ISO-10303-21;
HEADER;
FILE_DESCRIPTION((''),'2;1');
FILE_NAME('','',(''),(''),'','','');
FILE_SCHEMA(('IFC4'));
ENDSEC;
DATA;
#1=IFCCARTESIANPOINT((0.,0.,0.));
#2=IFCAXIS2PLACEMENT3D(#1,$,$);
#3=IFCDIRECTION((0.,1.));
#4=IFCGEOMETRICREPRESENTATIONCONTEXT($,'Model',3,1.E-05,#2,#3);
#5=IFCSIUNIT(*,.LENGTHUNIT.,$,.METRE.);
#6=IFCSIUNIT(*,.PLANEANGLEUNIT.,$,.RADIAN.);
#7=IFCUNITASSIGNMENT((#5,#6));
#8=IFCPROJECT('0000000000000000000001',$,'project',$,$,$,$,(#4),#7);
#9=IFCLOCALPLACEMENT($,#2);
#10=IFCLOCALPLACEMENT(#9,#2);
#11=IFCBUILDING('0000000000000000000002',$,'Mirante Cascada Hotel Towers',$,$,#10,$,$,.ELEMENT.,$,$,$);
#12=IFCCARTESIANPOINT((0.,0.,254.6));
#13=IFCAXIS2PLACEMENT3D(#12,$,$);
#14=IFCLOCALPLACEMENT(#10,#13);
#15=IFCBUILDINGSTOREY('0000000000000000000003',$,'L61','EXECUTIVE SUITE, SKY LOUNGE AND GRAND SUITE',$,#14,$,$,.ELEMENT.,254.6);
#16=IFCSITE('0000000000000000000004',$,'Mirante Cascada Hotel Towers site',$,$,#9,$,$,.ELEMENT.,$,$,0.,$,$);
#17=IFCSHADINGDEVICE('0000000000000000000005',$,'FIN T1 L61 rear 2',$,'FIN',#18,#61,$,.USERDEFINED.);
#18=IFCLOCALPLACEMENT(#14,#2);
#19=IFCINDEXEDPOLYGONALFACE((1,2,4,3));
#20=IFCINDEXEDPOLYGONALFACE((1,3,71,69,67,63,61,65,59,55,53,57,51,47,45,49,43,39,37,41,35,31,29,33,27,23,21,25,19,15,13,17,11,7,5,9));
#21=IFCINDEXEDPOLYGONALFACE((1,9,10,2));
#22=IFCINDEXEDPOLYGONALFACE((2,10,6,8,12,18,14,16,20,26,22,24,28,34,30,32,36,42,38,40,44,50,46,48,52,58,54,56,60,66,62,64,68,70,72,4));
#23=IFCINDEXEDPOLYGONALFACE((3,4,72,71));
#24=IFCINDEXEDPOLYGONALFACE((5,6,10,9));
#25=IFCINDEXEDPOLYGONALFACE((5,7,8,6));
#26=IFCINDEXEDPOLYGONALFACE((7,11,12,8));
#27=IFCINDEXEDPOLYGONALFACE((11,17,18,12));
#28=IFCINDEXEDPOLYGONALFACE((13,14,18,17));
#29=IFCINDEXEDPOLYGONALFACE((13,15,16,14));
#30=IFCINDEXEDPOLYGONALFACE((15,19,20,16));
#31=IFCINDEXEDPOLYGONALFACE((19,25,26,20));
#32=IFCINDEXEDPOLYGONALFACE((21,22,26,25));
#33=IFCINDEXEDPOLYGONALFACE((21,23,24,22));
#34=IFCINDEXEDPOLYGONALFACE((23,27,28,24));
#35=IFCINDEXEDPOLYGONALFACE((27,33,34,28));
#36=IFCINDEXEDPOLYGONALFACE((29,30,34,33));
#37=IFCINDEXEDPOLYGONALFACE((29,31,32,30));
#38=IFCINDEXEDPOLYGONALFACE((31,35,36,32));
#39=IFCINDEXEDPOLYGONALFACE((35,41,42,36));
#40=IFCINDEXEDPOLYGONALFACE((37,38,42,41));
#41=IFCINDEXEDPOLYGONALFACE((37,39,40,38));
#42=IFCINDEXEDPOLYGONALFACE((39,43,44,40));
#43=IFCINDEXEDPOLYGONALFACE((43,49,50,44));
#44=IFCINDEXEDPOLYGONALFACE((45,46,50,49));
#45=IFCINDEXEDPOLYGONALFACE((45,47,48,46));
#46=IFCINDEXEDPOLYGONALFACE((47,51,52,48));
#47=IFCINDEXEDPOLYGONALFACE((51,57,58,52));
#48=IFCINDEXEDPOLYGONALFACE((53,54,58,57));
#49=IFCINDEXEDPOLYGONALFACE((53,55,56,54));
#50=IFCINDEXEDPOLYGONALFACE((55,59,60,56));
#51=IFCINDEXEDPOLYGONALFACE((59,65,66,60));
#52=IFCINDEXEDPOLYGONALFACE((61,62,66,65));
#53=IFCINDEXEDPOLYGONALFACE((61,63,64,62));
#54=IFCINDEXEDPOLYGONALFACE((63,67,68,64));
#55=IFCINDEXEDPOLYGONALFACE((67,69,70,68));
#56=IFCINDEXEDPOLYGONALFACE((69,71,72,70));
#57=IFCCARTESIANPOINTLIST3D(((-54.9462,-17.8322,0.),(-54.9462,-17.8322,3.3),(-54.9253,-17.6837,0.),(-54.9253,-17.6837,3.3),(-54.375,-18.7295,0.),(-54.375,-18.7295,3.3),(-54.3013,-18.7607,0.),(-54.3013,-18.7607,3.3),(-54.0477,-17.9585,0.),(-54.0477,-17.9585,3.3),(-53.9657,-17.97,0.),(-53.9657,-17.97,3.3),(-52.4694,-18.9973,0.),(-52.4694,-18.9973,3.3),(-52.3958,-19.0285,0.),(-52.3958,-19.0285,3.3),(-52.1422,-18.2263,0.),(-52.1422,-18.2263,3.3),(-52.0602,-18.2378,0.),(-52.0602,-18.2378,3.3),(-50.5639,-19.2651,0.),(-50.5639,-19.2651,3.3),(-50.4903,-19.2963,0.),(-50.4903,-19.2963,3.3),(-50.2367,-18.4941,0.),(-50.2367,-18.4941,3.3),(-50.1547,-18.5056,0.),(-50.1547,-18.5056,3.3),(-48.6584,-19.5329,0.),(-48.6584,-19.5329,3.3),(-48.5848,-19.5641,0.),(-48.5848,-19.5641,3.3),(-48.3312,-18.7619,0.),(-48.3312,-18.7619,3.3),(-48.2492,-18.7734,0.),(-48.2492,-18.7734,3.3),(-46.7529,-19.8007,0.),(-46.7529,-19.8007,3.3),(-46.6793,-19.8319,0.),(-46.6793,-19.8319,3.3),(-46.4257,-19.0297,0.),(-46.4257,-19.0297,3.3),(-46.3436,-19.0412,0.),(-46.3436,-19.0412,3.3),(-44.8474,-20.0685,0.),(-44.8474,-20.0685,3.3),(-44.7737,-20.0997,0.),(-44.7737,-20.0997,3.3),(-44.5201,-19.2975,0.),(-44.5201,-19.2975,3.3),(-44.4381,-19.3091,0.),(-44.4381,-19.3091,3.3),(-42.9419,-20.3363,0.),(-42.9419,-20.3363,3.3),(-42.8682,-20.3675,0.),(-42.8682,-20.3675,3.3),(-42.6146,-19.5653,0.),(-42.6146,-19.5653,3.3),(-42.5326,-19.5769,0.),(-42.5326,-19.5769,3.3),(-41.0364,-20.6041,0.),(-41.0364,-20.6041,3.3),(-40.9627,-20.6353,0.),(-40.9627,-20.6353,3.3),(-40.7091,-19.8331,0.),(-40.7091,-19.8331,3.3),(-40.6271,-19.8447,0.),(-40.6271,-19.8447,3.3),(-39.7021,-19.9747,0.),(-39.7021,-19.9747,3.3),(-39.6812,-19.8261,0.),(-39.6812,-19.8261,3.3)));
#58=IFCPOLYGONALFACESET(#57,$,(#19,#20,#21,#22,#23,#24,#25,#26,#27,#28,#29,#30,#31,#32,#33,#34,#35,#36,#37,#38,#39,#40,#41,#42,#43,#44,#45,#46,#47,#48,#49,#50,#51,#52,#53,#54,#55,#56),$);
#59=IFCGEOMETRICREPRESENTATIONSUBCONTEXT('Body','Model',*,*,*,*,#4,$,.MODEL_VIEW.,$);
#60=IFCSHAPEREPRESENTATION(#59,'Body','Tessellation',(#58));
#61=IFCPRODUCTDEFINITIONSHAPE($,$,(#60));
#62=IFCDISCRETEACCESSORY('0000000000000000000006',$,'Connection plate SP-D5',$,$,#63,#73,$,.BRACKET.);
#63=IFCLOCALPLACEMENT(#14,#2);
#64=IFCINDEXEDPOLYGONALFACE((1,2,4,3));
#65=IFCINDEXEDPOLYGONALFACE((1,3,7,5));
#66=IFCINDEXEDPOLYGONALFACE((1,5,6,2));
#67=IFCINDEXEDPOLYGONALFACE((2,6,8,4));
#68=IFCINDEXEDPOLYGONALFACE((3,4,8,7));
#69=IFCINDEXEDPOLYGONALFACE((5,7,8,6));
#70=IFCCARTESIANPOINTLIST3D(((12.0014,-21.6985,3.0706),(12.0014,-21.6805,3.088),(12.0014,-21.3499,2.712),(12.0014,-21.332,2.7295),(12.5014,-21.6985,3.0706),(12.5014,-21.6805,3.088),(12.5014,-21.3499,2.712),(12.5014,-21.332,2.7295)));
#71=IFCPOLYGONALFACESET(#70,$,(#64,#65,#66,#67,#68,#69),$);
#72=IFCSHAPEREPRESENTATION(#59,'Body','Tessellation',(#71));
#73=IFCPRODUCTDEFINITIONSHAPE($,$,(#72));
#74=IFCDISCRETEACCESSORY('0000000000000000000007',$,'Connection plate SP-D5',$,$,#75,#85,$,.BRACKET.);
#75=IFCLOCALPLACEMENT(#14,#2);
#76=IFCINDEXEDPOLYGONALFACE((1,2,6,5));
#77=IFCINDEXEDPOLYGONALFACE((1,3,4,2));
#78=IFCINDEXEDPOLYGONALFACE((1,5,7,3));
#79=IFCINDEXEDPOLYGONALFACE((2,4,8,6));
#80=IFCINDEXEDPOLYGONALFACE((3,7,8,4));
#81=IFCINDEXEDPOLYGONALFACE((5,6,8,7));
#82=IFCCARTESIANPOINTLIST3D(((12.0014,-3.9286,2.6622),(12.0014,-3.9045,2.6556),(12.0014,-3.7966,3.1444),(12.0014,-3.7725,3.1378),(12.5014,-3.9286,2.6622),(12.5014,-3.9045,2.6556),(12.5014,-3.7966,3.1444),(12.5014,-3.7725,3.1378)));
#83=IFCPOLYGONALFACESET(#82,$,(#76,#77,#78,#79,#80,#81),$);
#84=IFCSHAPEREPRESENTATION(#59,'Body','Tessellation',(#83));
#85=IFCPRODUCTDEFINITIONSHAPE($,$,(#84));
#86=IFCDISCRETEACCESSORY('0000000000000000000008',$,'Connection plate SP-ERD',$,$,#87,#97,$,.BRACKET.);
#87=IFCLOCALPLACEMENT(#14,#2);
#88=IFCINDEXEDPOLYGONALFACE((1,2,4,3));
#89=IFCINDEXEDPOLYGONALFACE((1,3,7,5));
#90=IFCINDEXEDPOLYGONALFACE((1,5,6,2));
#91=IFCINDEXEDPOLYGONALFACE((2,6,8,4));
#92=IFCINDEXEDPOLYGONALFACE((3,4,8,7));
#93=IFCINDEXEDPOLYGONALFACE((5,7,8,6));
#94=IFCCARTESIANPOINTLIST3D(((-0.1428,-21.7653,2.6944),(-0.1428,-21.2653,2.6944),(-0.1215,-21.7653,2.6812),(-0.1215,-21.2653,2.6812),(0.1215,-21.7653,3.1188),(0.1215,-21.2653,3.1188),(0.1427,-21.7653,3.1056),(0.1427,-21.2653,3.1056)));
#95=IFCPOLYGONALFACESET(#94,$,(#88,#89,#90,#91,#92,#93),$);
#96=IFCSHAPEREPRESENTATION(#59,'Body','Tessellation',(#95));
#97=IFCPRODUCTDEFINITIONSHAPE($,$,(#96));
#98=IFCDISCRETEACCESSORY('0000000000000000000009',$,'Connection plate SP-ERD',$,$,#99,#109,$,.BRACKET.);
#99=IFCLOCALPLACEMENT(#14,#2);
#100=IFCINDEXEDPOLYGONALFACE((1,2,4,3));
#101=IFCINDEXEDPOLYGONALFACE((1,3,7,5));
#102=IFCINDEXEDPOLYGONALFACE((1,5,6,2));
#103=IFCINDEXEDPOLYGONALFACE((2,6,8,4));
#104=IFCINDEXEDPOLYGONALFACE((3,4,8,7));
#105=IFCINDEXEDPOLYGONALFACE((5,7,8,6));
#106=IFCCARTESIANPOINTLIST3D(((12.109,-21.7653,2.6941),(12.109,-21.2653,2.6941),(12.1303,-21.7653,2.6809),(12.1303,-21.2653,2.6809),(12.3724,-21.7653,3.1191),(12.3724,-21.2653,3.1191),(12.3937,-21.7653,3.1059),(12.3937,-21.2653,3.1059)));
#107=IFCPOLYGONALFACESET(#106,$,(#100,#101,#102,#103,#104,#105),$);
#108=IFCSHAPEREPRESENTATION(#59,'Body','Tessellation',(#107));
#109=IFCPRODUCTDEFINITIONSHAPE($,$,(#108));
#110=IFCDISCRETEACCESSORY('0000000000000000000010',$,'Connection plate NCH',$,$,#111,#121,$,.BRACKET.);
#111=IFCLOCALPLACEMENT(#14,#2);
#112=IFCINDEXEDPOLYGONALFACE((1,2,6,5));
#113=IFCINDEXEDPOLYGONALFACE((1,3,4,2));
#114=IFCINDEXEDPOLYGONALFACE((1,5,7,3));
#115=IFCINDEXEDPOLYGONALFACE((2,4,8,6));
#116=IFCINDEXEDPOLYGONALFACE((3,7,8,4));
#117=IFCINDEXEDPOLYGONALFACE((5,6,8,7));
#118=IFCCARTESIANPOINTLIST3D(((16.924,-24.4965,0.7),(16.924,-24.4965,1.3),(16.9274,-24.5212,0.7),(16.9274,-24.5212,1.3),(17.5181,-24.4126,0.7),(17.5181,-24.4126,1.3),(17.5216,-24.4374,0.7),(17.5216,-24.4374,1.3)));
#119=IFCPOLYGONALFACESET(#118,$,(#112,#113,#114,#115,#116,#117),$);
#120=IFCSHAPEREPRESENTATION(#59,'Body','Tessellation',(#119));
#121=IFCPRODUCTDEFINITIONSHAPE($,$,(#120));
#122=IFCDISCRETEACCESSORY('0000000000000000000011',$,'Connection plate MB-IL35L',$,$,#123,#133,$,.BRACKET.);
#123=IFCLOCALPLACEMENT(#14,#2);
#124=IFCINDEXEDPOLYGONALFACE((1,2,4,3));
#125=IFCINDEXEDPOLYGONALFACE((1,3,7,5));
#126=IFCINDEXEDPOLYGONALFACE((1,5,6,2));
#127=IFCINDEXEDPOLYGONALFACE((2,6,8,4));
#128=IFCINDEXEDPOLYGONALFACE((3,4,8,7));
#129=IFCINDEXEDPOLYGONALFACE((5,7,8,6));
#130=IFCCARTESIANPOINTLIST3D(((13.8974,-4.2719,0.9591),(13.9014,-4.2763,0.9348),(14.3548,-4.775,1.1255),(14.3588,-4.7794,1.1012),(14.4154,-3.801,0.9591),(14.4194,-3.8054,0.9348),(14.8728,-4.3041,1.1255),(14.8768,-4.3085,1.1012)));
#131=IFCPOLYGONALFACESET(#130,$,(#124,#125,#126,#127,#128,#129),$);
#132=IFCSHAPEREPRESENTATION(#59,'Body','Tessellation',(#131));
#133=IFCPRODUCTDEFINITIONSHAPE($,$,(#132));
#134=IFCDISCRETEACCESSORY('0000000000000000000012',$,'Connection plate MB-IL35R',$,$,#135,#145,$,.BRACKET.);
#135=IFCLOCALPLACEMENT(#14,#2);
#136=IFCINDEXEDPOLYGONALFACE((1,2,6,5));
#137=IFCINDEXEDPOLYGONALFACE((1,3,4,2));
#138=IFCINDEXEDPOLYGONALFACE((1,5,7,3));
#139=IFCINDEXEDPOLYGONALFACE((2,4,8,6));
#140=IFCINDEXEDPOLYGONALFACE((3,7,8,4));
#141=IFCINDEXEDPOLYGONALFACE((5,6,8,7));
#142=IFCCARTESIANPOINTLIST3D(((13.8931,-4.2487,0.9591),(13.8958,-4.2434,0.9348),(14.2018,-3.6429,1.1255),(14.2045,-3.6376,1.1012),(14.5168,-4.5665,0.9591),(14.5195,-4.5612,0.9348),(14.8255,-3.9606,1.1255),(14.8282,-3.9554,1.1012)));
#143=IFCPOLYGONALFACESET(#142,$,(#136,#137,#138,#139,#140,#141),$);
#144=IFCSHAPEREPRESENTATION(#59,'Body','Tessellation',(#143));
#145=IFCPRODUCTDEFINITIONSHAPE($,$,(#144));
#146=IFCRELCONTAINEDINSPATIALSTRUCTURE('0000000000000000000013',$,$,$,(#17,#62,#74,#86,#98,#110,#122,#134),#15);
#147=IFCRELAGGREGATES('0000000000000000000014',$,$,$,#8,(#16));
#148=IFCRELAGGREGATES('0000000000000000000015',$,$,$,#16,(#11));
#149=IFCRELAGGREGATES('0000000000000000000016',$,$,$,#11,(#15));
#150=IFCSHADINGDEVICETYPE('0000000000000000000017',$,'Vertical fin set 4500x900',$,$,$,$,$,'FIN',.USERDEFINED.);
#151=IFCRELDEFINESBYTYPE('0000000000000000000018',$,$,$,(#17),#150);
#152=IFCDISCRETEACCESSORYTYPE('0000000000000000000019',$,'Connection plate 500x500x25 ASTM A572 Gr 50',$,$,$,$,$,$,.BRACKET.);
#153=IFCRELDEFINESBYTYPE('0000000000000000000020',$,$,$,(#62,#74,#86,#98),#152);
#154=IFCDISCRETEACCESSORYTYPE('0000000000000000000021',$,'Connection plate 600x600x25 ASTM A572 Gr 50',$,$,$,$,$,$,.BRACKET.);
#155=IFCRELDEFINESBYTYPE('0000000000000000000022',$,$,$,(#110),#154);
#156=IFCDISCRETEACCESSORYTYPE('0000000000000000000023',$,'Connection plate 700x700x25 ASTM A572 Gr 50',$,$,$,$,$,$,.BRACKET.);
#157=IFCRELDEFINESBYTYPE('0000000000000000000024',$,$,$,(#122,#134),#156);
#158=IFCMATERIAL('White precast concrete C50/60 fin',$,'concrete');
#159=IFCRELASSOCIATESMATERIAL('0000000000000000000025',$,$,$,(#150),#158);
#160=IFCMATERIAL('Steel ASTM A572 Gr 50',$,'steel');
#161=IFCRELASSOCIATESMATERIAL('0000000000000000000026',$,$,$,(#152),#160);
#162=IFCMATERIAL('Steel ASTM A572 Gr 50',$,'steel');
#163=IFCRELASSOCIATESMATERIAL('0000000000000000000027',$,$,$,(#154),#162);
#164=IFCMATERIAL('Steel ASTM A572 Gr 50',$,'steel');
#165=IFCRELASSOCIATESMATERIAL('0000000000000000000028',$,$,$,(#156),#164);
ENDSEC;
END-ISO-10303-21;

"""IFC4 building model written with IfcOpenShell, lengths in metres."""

from ifc_helpers import new_model, si_unit, direction, frame, origin, origin_2d, place, context, subcontext, project, spatial, polyline, rectangle, outline, extrude, material, material_profile, profile_set, type_object, element, save


model = new_model("IFC4")

# Units and contexts
model_context = context("Model", 3, precision=1e-05, world=origin(), true_north=direction((0.0, 1.0)))
body_context = subcontext(model_context, "Body", "Model", "MODEL_VIEW")
ifc_project = project(units=[si_unit("LENGTHUNIT", "METRE"), si_unit("PLANEANGLEUNIT", "RADIAN")], contexts=[model_context])

# Site, building, storey
site_placement = place(None, origin())
site = spatial("IfcSite", under=ifc_project, at=site_placement, Name="Mirante Cascada Hotel Towers site", CompositionType="ELEMENT", RefElevation=0.0)
building_placement = place(site_placement, origin())
building = spatial("IfcBuilding", under=site, at=building_placement, Name="Mirante Cascada Hotel Towers", CompositionType="ELEMENT")
storey_placement = place(building_placement, frame((0.0, 0.0, 254.6)))
storey = spatial("IfcBuildingStorey", under=building, at=storey_placement, Name="L61", Description="EXECUTIVE SUITE, SKY LOUNGE AND GRAND SUITE", CompositionType="ELEMENT", Elevation=254.6)

# Shading device
ifc_material_1 = material(Name="White precast concrete C50/60 fin", Category="concrete")
shading_device_type = type_object("IfcShadingDeviceType", Name="Vertical fin set 4500x900", ElementType="FIN", PredefinedType="USERDEFINED", material=ifc_material_1)
shading_device_1_placement = place(storey_placement, origin())
element("IfcShadingDevice", 1, at=shading_device_1_placement, inside=storey, type_object=shading_device_type, Name="FIN T1 L61 rear 2", ObjectType="FIN", PredefinedType="USERDEFINED", context=body_context, shape_type="SweptSolid", body=[
    extrude(outline(polyline([(-40.7091, -19.8331), (-42.5326, -19.5769), (-42.8682, -20.3675), (-42.9419, -20.3363), (-42.6146, -19.5653), (-44.4381, -19.3091), (-44.7737, -20.0997), (-44.8474, -20.0685), (-44.5201, -19.2975), (-46.3436, -19.0412), (-46.6793, -19.8319), (-46.7529, -19.8007), (-46.4257, -19.0297), (-48.2492, -18.7734), (-48.5848, -19.5641), (-48.6584, -19.5329), (-48.3312, -18.7619), (-50.1547, -18.5056), (-50.4903, -19.2963), (-50.5639, -19.2651), (-50.2367, -18.4941), (-52.0602, -18.2378), (-52.3958, -19.0285), (-52.4694, -18.9973), (-52.1422, -18.2263), (-53.9657, -17.97), (-54.3013, -18.7607), (-54.375, -18.7295), (-54.0477, -17.9585), (-54.9462, -17.8322), (-54.9253, -17.6837), (-39.6812, -19.8261), (-39.7021, -19.9747), (-40.6271, -19.8447), (-40.9627, -20.6353), (-41.0364, -20.6041), (-40.7091, -19.8331)])), origin(), (0.0, 0.0, 1.0), 3.3),
])

# Discrete accessories
ifc_material_2 = material(Name="Steel ASTM A572 Gr 50", Category="steel")
ifc_material_profile_1 = material_profile(ifc_material_2, rectangle(XDim=0.5, YDim=0.5, at=origin_2d()), Name="Connection plate 500x500x25 ASTM A572 Gr 50")
ifc_profile_set_1 = profile_set([ifc_material_profile_1], Name="Steel ASTM A572 Gr 50")
discrete_accessory_type_1 = type_object("IfcDiscreteAccessoryType", Name="Connection plate 500x500x25 ASTM A572 Gr 50", PredefinedType="BRACKET", material=ifc_profile_set_1)
for number, where, z_axis, x_axis, name in (
    (2, (12.2514, -21.5242, 2.8913), (0.0, 0.717051, 0.697021), (-1.0, 0.0, 0.0), "Connection plate SP-D5"),
    (3, (12.2514, -3.8385, 2.8967), (0.0, -0.964486, 0.264133), (1.0, 0.0, 0.0), "Connection plate SP-D5"),
    (4, (0.0106, -21.5153, 2.8934), (-0.848897, 0.0, 0.528559), (0.0, -1.0, 0.0), "Connection plate SP-ERD"),
):
    element("IfcDiscreteAccessory", number, at=place(storey_placement, frame(where, z_axis=z_axis, x_axis=x_axis)), inside=storey, type_object=discrete_accessory_type_1, Name=name, PredefinedType="BRACKET", context=body_context, shape_type="SweptSolid", body=[
        extrude(rectangle(XDim=0.5, YDim=0.5, at=origin_2d()), origin(), (0.0, 0.0, 1.0), 0.025),
    ])
discrete_accessory_1_placement = place(storey_placement, frame((12.262, -21.5153, 2.8934), z_axis=(-0.85001, 0.0, 0.526767), x_axis=(0.0, -1.0, 0.0)))
element("IfcDiscreteAccessory", 5, at=discrete_accessory_1_placement, inside=storey, type_object=discrete_accessory_type_1, Name="Connection plate SP-ERD", PredefinedType="BRACKET", context=body_context, shape_type="SweptSolid", body=[
    extrude(rectangle(XDim=0.5, YDim=0.5, at=origin_2d()), origin(), (0.0, 0.0, 1.0), 0.0251),
])
ifc_material_3 = material(Name="Steel ASTM A572 Gr 50", Category="steel")
ifc_material_profile_2 = material_profile(ifc_material_3, rectangle(XDim=0.6, YDim=0.6, at=origin_2d()), Name="Connection plate 600x600x25 ASTM A572 Gr 50")
ifc_profile_set_2 = profile_set([ifc_material_profile_2], Name="Steel ASTM A572 Gr 50")
discrete_accessory_type_2 = type_object("IfcDiscreteAccessoryType", Name="Connection plate 600x600x25 ASTM A572 Gr 50", PredefinedType="BRACKET", material=ifc_profile_set_2)
discrete_accessory_2_placement = place(storey_placement, frame((17.2245, -24.4793, 1.0), z_axis=(-0.139744, 0.990188, 0.0), x_axis=(-0.990188, -0.139744, 0.0)))
element("IfcDiscreteAccessory", 6, at=discrete_accessory_2_placement, inside=storey, type_object=discrete_accessory_type_2, Name="Connection plate NCH", PredefinedType="BRACKET", context=body_context, shape_type="SweptSolid", body=[
    extrude(rectangle(XDim=0.6, YDim=0.6, at=origin_2d()), origin(), (0.0, 0.0, 1.0), 0.025),
])
ifc_material_4 = material(Name="Steel ASTM A572 Gr 50", Category="steel")
ifc_material_profile_3 = material_profile(ifc_material_4, rectangle(XDim=0.7, YDim=0.7, at=origin_2d()), Name="Connection plate 700x700x25 ASTM A572 Gr 50")
ifc_profile_set_3 = profile_set([ifc_material_profile_3], Name="Steel ASTM A572 Gr 50")
discrete_accessory_type_3 = type_object("IfcDiscreteAccessoryType", Name="Connection plate 700x700x25 ASTM A572 Gr 50", PredefinedType="BRACKET", material=ifc_profile_set_3)
for number, where, z_axis, x_axis, name in (
    (7, (14.3891, -4.2924, 1.018), (-0.159891, 0.17588, 0.97134), (-0.73994, -0.672673, 0.0), "Connection plate MB-IL35L"),
    (8, (14.362, -4.0994, 1.018), (-0.107925, -0.211853, 0.971324), (0.891039, -0.453926, 0.0), "Connection plate MB-IL35R"),
):
    element("IfcDiscreteAccessory", number, at=place(storey_placement, frame(where, z_axis=z_axis, x_axis=x_axis)), inside=storey, type_object=discrete_accessory_type_3, Name=name, PredefinedType="BRACKET", context=body_context, shape_type="SweptSolid", body=[
        extrude(rectangle(XDim=0.7, YDim=0.7, at=origin_2d()), origin(), (0.0, 0.0, 1.0), 0.025),
    ])

save(model, "model.ifc")
